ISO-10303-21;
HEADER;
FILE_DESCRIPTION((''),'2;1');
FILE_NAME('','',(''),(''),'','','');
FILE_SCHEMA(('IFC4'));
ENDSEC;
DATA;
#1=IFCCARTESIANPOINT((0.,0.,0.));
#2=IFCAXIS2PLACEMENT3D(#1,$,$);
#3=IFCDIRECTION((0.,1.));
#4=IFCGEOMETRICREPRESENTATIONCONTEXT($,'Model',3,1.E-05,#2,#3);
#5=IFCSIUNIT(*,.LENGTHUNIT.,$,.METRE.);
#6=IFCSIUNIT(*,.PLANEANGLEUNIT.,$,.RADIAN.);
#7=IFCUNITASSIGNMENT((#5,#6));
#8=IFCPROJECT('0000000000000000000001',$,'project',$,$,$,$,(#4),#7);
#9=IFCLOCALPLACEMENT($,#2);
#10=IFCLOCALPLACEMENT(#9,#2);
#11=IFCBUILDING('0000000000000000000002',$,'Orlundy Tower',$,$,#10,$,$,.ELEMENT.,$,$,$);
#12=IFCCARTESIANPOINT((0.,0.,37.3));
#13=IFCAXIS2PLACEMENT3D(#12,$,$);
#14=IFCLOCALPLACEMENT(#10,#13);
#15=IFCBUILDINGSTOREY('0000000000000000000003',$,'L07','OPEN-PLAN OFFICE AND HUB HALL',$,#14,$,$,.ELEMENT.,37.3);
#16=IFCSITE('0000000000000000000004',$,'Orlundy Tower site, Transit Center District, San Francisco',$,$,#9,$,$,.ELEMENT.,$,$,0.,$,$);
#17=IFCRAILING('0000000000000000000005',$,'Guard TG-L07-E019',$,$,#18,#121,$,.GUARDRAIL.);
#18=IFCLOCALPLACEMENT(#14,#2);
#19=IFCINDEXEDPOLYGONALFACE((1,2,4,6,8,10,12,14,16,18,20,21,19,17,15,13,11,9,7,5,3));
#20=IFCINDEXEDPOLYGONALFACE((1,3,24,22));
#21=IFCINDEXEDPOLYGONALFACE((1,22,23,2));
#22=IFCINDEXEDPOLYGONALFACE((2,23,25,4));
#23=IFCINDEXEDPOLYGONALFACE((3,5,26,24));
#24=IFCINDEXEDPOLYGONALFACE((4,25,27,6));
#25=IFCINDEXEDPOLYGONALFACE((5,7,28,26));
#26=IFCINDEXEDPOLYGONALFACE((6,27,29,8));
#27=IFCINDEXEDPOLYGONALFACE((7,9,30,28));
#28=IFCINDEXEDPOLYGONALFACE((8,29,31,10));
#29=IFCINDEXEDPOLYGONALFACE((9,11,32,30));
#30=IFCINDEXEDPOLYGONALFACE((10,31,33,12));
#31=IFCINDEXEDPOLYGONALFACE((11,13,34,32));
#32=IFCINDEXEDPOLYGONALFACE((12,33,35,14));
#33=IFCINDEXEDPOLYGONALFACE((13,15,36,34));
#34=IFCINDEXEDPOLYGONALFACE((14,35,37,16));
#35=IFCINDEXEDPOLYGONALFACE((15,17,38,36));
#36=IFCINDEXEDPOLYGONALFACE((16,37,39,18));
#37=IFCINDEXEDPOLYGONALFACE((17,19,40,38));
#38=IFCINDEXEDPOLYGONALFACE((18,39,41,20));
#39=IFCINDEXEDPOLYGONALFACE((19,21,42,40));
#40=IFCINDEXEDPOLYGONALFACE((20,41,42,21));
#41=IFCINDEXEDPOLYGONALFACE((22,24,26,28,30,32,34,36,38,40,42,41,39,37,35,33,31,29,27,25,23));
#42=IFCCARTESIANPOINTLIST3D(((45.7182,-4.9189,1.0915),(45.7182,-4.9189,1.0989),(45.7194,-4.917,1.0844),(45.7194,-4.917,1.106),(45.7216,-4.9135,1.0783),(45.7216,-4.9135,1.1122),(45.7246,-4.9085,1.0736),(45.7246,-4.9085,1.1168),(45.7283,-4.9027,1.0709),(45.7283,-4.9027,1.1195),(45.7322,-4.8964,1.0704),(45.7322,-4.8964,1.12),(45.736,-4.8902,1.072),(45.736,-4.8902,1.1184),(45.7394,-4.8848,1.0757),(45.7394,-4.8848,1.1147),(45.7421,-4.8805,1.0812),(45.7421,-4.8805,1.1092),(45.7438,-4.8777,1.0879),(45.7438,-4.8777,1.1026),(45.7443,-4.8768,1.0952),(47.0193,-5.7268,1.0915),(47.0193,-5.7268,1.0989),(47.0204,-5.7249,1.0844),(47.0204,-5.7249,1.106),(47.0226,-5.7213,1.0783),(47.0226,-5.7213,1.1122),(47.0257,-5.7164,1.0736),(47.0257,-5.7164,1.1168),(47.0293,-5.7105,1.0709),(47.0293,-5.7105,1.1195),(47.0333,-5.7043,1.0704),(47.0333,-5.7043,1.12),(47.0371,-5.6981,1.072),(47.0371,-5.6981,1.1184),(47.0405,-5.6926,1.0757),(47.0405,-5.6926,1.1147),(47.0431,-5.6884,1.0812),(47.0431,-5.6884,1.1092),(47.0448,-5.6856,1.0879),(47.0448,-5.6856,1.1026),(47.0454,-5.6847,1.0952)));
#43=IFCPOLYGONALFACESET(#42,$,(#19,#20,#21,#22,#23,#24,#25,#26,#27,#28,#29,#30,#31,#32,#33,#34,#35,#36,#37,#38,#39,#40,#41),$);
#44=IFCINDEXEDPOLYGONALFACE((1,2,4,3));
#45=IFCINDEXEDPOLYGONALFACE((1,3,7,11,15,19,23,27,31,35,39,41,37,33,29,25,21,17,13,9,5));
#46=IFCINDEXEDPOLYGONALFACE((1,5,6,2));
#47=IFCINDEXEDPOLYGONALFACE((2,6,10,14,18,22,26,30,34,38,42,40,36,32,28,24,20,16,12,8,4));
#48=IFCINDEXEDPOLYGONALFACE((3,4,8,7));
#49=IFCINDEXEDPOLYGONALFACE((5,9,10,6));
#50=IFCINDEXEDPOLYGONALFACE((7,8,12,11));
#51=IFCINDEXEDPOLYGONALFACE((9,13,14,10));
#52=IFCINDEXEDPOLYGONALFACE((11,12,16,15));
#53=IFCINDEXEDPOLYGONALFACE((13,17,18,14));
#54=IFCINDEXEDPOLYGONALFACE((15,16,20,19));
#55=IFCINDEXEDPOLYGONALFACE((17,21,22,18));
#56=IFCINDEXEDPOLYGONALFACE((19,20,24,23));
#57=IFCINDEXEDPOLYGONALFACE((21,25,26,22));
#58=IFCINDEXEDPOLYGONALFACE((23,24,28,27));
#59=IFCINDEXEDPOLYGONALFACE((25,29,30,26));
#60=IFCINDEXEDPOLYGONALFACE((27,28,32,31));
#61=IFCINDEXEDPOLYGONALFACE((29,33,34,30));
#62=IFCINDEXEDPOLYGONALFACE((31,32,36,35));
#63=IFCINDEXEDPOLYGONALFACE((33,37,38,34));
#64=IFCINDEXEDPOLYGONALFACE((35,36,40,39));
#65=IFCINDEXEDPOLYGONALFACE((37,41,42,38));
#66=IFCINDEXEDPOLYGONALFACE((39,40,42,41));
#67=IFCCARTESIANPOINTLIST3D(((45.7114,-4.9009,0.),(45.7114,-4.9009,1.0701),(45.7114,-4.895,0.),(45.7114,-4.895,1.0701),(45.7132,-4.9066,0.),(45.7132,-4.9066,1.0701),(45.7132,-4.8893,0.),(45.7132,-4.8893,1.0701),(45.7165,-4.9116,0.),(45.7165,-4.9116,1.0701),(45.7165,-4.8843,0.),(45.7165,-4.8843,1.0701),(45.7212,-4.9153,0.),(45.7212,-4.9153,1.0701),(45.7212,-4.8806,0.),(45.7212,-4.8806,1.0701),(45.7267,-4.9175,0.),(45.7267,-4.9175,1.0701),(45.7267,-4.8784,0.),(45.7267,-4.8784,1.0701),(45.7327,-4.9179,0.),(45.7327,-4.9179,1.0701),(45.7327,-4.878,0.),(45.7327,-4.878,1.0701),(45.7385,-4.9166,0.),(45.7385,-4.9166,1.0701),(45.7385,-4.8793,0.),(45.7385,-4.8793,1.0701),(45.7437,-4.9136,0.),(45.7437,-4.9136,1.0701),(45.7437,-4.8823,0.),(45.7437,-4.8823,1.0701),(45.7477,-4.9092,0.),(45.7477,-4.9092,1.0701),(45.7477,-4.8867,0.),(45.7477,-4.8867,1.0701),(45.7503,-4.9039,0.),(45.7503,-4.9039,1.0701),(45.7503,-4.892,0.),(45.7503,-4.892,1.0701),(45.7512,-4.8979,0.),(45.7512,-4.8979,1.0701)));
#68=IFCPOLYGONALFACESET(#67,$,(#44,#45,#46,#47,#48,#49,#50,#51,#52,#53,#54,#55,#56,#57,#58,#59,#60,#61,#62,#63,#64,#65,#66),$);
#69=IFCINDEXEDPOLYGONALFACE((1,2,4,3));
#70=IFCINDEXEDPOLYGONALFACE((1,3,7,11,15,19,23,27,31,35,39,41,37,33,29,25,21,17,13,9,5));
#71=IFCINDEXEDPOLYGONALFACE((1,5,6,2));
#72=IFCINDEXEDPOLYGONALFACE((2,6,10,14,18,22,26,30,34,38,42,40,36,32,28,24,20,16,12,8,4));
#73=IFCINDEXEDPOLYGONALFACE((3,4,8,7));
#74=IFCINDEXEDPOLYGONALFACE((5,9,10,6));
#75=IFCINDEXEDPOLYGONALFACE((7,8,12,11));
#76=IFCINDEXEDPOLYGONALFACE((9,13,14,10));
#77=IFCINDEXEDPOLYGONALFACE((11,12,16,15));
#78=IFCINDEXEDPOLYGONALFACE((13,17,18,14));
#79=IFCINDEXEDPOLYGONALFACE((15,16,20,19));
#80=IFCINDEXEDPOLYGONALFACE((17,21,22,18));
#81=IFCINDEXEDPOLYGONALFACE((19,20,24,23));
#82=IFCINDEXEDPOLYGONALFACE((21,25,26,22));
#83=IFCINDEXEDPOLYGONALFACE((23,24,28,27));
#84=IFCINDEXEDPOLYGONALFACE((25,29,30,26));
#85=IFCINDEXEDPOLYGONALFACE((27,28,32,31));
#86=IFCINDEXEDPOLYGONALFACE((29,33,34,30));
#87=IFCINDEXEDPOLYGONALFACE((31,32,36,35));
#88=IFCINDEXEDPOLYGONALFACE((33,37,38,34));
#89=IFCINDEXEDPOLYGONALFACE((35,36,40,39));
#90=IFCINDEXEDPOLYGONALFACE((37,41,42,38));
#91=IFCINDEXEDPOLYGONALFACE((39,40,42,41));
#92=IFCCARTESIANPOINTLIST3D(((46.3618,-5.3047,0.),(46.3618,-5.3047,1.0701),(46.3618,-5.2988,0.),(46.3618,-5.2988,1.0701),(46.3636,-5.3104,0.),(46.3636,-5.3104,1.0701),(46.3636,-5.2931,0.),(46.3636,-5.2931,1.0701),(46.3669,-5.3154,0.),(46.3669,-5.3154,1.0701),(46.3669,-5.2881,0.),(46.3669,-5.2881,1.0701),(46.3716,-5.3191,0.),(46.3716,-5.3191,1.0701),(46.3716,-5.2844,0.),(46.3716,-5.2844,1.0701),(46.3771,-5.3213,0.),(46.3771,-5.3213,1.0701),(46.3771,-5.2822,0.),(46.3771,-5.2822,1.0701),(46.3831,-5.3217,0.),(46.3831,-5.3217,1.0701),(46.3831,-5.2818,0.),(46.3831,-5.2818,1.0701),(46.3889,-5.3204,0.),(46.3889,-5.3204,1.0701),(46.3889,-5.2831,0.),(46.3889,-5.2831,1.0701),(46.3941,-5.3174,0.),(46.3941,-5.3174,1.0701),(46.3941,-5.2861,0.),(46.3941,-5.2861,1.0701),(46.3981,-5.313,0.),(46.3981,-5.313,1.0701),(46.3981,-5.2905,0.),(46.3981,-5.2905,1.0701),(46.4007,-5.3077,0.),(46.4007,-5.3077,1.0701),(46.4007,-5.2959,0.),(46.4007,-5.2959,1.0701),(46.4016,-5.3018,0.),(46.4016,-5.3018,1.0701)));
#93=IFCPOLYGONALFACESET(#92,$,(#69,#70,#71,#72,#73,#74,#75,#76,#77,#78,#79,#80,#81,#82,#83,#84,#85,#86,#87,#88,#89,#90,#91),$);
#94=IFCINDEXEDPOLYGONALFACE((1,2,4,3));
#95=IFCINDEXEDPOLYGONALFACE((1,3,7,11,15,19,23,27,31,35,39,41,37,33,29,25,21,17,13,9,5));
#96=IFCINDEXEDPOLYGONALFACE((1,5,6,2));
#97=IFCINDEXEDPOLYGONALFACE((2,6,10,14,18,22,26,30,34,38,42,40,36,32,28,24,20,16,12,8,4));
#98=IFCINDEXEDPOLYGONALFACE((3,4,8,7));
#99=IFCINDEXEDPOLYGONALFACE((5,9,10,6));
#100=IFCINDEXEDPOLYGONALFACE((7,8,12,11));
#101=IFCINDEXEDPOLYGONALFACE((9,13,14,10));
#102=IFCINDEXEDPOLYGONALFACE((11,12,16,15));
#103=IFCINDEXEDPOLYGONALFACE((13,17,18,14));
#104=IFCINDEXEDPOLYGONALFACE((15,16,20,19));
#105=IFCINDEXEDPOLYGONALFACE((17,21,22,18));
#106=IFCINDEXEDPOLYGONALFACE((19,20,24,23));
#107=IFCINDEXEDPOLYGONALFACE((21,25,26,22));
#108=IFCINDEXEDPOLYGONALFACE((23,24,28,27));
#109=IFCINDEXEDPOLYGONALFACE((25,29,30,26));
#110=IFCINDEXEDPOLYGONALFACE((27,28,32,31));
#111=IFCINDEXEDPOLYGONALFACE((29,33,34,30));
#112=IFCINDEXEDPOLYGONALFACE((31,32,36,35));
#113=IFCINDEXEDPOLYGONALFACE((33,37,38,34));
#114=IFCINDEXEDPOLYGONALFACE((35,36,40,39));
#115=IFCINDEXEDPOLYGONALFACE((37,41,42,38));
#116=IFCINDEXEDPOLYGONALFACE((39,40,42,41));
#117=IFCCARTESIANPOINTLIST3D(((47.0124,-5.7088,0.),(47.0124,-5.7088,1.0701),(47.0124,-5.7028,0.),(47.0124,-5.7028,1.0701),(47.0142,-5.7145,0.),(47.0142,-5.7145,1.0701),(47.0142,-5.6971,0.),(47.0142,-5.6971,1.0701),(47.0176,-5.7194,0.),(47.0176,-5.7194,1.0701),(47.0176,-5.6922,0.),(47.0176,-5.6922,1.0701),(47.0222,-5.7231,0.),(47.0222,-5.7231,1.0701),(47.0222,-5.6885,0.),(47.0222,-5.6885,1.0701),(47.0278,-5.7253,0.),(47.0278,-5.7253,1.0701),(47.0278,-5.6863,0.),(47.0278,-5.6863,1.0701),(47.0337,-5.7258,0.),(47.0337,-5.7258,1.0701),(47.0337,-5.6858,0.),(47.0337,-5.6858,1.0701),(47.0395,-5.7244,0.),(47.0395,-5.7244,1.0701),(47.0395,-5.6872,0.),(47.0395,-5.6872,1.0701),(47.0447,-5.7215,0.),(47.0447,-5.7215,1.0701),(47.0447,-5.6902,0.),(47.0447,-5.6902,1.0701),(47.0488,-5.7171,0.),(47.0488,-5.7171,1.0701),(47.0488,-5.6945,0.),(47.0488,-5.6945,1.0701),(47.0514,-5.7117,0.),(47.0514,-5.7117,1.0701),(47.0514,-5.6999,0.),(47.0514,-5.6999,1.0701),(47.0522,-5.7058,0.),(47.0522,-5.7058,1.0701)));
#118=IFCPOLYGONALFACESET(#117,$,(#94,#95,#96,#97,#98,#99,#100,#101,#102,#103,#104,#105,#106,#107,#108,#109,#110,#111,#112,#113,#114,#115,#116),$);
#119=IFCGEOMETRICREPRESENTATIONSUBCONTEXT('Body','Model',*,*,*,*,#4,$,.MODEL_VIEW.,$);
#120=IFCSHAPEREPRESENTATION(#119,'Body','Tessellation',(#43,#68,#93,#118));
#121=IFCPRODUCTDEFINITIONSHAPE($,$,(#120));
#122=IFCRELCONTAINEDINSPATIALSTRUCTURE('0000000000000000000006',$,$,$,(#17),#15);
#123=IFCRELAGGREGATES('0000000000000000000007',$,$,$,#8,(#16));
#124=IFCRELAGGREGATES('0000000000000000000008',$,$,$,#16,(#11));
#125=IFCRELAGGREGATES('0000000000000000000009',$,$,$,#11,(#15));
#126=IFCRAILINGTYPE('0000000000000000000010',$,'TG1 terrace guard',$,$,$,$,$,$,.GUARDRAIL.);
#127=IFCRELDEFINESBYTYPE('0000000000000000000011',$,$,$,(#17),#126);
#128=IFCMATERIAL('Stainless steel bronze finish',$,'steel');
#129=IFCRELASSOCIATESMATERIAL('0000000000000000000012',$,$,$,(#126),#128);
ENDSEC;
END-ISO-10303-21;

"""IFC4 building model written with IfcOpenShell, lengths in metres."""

from ifc_helpers import new_model, si_unit, direction, frame, origin, origin_2d, place, context, subcontext, project, spatial, circle, extrude, material, type_object, element, save


model = new_model("IFC4")

# Units and contexts
model_context = context("Model", 3, precision=1e-05, world=origin(), true_north=direction((0.0, 1.0)))
body_context = subcontext(model_context, "Body", "Model", "MODEL_VIEW")
ifc_project = project(units=[si_unit("LENGTHUNIT", "METRE"), si_unit("PLANEANGLEUNIT", "RADIAN")], contexts=[model_context])

# Site, building, storey
site_placement = place(None, origin())
site = spatial("IfcSite", under=ifc_project, at=site_placement, Name="Orlundy Tower site, Transit Center District, San Francisco", CompositionType="ELEMENT", RefElevation=0.0)
building_placement = place(site_placement, origin())
building = spatial("IfcBuilding", under=site, at=building_placement, Name="Orlundy Tower", CompositionType="ELEMENT")
storey_placement = place(building_placement, frame((0.0, 0.0, 37.3)))
storey = spatial("IfcBuildingStorey", under=building, at=storey_placement, Name="L07", Description="OPEN-PLAN OFFICE AND HUB HALL", CompositionType="ELEMENT", Elevation=37.3)

# Railing
ifc_material_1 = material(Name="Stainless steel bronze finish", Category="steel")
railing_type = type_object("IfcRailingType", Name="TG1 terrace guard", PredefinedType="GUARDRAIL", material=ifc_material_1)
railing_1_placement = place(storey_placement, frame((45.7312, -4.8979, 0.0)))
element("IfcRailing", 1, at=railing_1_placement, inside=storey, type_object=railing_type, Name="Guard TG-L07-E019", PredefinedType="GUARDRAIL", context=body_context, shape_type="SweptSolid", body=[
    extrude(circle(Radius=0.0249, at=origin_2d()), frame((0.0, 0.0, 1.0952), z_axis=(0.849544, -0.527518, 0.0), x_axis=(0.527518, 0.849544, 0.0)), (0.0, 0.0, 1.0), 1.5315),
    extrude(circle(Radius=0.02, at=origin_2d()), origin(), (0.0, 0.0, 1.0), 1.0701),
    extrude(circle(Radius=0.02, at=origin_2d()), frame((0.6504, -0.4038, 0.0)), (0.0, 0.0, 1.0), 1.0701),
    extrude(circle(Radius=0.02, at=origin_2d()), frame((1.301, -0.8079, 0.0)), (0.0, 0.0, 1.0), 1.0701),
])

save(model, "model.ifc")
